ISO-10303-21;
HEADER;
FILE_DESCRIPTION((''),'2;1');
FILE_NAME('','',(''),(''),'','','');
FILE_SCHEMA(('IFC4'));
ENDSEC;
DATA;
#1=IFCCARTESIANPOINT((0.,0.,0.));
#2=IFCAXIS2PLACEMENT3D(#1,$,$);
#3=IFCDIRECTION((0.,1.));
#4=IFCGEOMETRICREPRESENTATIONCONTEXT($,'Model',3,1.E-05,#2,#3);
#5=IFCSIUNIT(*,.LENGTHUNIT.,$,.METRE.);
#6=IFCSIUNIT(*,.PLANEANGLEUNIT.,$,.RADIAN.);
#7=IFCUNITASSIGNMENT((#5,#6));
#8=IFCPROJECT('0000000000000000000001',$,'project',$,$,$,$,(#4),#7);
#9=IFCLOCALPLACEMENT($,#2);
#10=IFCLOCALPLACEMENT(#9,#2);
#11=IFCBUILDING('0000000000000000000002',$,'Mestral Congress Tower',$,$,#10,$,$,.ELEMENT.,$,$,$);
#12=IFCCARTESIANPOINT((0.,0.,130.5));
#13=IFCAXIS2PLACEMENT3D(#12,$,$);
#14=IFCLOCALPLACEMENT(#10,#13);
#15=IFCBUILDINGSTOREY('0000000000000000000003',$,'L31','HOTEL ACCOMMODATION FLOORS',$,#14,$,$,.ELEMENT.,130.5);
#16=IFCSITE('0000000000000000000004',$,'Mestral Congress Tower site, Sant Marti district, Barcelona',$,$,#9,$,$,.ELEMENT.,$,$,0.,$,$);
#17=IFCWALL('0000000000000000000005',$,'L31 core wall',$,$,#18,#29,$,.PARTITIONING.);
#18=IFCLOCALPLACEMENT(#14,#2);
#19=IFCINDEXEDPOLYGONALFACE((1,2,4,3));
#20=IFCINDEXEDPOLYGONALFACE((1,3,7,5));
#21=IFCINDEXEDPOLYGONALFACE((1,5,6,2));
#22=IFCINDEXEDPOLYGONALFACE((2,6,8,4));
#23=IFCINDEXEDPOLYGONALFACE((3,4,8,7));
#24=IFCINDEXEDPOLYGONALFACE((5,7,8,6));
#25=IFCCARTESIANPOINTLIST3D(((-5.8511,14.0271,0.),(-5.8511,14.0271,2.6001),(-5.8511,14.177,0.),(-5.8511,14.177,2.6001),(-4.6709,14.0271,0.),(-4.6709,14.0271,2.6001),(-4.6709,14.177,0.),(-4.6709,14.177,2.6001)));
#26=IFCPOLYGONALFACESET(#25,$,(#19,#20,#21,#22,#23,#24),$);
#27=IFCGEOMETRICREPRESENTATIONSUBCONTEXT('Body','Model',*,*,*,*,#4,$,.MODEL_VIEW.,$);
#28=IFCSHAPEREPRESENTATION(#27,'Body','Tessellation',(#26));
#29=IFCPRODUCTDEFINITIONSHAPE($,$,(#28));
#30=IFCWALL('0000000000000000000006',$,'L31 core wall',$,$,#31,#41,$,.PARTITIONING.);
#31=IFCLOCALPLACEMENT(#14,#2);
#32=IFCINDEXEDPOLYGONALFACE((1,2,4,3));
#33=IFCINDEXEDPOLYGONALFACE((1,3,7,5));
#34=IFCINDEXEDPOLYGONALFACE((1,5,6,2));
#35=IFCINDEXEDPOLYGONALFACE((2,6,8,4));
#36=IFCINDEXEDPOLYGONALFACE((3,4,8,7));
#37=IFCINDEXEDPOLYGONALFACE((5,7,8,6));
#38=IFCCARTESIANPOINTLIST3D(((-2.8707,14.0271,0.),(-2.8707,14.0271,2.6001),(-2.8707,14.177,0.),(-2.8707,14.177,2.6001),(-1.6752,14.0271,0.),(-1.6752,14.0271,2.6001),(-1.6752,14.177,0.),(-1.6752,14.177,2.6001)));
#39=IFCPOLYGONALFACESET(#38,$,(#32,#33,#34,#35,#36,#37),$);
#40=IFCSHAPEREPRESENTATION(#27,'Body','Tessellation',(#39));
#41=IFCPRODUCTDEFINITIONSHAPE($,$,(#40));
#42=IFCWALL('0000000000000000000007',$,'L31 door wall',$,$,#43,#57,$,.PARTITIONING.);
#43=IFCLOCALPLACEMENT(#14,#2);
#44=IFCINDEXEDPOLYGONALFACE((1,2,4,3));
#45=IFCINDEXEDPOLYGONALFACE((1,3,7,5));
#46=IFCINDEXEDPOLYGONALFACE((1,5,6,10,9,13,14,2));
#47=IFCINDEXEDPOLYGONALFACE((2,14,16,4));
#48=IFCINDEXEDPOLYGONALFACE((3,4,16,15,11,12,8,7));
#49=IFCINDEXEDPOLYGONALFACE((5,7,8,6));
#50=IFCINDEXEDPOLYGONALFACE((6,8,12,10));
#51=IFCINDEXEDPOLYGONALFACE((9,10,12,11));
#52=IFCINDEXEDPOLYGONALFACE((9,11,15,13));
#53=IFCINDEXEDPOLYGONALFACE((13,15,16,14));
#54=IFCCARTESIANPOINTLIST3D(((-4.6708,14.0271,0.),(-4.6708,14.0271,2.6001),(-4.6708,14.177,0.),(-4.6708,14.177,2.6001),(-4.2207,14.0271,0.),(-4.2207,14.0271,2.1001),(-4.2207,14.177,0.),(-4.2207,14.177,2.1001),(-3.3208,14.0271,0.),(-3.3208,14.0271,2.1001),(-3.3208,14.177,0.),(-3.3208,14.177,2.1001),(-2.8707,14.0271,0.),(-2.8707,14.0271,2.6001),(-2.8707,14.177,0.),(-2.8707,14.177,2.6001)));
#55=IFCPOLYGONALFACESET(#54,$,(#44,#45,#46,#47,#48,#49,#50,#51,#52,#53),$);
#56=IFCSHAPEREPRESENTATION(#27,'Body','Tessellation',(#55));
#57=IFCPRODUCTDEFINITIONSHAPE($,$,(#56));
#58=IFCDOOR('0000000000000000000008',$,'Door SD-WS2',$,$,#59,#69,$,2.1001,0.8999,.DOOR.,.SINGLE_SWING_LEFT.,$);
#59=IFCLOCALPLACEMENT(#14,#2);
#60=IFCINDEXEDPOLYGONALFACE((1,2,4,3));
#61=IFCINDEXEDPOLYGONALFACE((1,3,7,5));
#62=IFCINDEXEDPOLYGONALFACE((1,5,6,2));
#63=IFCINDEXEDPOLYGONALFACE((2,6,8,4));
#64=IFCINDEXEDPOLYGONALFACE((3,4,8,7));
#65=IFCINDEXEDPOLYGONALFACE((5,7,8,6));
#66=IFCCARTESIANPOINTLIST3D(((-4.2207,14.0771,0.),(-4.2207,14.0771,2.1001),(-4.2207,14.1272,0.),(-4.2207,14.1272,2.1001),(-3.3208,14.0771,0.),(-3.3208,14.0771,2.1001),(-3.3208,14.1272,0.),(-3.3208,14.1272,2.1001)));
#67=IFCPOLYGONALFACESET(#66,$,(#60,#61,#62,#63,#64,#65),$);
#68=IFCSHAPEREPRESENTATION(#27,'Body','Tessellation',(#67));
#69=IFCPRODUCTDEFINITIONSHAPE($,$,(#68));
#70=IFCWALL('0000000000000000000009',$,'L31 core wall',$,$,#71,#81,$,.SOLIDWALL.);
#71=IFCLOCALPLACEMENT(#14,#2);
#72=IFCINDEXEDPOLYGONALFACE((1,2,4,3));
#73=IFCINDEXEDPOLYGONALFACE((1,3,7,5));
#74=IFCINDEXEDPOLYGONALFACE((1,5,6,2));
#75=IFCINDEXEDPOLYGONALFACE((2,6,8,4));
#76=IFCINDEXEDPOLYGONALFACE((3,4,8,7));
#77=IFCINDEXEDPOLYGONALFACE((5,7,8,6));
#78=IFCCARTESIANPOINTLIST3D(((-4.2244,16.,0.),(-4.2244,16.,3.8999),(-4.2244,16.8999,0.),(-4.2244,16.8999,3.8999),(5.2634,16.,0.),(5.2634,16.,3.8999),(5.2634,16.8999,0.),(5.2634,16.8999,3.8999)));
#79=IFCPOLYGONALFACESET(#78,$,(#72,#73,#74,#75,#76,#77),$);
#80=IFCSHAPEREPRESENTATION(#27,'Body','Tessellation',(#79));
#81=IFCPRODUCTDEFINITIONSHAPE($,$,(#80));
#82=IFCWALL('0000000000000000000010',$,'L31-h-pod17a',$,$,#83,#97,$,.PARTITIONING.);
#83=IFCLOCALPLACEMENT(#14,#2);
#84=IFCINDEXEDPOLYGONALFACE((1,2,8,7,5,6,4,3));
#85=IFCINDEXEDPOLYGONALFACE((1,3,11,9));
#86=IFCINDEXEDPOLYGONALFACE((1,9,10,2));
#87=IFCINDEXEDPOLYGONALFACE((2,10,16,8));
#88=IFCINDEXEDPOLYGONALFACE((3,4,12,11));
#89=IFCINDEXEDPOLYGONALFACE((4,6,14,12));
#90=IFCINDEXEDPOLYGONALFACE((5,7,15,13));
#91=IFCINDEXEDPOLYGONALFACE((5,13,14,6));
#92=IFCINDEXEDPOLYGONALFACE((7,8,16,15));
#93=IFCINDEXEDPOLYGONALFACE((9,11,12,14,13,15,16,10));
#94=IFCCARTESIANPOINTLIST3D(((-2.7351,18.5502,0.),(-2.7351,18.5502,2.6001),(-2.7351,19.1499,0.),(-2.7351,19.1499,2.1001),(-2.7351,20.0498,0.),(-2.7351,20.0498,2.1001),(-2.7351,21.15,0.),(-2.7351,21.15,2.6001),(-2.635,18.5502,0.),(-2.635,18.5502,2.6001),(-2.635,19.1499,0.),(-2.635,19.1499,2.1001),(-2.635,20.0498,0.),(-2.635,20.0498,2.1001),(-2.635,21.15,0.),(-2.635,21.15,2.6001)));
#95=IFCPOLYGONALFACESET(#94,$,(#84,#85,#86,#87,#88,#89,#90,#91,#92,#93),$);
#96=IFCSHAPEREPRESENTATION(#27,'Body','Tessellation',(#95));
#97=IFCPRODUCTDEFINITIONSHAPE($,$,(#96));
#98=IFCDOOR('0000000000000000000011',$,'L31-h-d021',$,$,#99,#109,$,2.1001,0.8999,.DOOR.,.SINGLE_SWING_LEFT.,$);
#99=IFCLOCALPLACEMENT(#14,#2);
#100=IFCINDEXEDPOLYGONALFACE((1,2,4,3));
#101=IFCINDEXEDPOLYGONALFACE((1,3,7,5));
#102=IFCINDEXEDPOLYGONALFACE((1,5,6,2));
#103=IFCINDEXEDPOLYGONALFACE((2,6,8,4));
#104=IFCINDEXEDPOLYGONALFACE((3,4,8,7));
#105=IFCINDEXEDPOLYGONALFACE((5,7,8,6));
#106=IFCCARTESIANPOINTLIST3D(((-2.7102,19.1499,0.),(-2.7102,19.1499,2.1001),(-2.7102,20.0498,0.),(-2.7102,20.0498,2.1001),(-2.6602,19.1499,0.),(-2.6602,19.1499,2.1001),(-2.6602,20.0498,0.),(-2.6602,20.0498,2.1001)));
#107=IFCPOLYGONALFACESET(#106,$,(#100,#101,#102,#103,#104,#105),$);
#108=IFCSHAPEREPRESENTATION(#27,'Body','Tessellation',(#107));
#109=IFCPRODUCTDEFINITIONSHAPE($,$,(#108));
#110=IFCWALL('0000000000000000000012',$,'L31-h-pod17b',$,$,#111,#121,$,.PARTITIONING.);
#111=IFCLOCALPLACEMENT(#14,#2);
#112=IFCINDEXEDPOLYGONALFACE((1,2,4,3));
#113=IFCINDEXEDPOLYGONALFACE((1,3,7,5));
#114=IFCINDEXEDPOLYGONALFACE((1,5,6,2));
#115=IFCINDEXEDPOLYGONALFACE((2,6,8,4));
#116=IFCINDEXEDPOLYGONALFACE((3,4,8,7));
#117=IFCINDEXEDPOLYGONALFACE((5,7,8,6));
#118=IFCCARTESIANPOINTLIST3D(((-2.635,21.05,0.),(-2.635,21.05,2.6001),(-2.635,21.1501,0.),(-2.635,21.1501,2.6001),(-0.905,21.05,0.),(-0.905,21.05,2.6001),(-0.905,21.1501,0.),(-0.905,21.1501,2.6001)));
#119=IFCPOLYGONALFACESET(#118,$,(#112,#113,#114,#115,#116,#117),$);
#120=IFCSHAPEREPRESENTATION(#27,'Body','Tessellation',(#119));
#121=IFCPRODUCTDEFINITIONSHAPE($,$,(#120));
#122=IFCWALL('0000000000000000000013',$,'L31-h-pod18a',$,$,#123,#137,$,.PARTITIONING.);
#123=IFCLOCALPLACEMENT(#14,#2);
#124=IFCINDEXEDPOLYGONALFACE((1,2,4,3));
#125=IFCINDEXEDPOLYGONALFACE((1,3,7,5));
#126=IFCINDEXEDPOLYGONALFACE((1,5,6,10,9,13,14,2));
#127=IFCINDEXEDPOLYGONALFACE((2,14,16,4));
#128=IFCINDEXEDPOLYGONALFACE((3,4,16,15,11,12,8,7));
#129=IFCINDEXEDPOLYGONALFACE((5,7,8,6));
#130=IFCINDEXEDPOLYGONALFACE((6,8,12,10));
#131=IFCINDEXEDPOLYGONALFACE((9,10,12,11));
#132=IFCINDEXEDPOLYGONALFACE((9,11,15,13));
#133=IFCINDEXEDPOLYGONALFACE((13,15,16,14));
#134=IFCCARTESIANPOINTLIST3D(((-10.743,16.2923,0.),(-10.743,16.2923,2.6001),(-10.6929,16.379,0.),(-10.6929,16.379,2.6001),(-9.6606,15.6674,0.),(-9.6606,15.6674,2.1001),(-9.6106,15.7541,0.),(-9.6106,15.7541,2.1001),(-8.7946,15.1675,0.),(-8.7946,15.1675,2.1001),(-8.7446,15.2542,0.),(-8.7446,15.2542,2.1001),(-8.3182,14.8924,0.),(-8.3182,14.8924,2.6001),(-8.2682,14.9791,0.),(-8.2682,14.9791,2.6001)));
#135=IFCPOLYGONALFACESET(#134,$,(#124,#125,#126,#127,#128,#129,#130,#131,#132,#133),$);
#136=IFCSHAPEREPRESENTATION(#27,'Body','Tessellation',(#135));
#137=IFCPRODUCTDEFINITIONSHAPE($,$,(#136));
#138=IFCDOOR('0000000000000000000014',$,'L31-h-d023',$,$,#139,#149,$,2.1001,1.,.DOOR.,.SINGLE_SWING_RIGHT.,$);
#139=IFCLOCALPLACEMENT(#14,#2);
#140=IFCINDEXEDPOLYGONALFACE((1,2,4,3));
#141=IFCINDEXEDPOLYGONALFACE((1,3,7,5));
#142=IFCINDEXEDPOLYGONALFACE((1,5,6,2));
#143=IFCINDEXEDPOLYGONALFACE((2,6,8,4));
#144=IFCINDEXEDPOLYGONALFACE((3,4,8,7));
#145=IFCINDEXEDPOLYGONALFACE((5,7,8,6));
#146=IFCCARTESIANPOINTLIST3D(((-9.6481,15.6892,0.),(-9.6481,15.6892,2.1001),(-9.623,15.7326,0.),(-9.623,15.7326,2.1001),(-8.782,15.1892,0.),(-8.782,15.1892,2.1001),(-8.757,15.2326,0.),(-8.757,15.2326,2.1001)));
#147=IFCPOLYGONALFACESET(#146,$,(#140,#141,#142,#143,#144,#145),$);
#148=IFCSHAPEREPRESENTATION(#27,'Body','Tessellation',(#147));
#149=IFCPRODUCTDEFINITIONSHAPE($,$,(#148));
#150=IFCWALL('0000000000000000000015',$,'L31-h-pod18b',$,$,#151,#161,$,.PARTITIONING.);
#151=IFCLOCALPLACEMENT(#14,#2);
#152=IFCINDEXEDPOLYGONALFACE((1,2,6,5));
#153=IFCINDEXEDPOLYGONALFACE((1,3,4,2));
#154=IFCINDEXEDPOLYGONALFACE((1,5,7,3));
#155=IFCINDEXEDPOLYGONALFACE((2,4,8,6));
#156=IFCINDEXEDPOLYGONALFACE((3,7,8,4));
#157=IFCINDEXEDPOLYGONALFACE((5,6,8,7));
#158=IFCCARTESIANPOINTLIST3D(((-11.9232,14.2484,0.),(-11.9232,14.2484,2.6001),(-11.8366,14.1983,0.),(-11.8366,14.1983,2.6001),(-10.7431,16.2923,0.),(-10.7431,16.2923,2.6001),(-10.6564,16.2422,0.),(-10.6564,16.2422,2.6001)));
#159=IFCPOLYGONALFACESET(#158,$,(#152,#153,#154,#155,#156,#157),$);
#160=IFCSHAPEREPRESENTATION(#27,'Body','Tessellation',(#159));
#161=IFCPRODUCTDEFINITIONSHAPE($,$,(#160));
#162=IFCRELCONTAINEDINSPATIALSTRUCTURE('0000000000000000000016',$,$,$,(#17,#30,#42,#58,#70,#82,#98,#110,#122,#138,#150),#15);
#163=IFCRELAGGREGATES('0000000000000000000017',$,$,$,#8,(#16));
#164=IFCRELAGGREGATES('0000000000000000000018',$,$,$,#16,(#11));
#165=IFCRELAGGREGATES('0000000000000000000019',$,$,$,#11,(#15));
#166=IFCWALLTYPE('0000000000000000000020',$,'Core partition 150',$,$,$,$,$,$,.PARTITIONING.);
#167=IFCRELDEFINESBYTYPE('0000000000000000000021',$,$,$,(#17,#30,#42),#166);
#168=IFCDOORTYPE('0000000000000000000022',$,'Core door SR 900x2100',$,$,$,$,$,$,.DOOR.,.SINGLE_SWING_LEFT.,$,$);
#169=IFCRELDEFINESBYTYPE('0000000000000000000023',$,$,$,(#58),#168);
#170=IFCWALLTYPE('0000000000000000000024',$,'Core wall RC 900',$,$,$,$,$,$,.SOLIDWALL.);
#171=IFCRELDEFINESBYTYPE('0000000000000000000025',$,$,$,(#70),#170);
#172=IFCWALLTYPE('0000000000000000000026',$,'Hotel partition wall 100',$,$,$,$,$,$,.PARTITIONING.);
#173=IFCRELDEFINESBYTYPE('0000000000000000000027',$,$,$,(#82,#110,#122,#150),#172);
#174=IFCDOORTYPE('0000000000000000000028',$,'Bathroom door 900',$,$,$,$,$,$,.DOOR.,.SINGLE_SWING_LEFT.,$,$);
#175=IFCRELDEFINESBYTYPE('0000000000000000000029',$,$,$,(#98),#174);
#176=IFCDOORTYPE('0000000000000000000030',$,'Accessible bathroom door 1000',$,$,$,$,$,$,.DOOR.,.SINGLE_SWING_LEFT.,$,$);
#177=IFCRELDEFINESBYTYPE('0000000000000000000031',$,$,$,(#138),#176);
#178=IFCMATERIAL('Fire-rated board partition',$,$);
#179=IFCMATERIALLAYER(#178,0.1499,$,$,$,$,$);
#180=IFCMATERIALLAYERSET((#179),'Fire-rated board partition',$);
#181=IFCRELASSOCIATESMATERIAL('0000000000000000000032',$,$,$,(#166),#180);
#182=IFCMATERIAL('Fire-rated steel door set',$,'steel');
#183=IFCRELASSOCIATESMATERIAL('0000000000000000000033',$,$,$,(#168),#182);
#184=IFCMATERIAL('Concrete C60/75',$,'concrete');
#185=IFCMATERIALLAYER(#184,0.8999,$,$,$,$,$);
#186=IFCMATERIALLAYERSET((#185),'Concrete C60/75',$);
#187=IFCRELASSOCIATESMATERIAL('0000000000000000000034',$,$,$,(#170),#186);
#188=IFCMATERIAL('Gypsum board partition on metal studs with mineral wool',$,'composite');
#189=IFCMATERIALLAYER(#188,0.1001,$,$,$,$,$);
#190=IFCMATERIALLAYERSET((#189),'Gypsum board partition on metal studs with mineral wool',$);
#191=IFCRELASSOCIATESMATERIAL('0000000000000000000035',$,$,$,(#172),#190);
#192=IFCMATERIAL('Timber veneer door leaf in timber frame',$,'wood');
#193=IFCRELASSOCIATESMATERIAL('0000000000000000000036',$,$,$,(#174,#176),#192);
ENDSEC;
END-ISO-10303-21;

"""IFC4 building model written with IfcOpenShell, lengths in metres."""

from ifc_helpers import new_model, si_unit, direction, frame, frame_2d, origin, place, context, subcontext, project, spatial, rectangle, extrude, material, layer, layer_set, type_object, element, fill, save


model = new_model("IFC4")

# Units and contexts
model_context = context("Model", 3, precision=1e-05, world=origin(), true_north=direction((0.0, 1.0)))
body_context = subcontext(model_context, "Body", "Model", "MODEL_VIEW")
ifc_project = project(units=[si_unit("LENGTHUNIT", "METRE"), si_unit("PLANEANGLEUNIT", "RADIAN")], contexts=[model_context])

# Site, building, storey
site_placement = place(None, origin())
site = spatial("IfcSite", under=ifc_project, at=site_placement, Name="Mestral Congress Tower site, Sant Marti district, Barcelona", CompositionType="ELEMENT", RefElevation=0.0)
building_placement = place(site_placement, origin())
building = spatial("IfcBuilding", under=site, at=building_placement, Name="Mestral Congress Tower", CompositionType="ELEMENT")
storey_placement = place(building_placement, frame((0.0, 0.0, 130.5)))
storey = spatial("IfcBuildingStorey", under=building, at=storey_placement, Name="L31", Description="HOTEL ACCOMMODATION FLOORS", CompositionType="ELEMENT", Elevation=130.5)

# Walls
ifc_material_1 = material(Name="Fire-rated board partition")
ifc_layer_1 = layer(ifc_material_1, 0.1499)
ifc_layer_set_1 = layer_set([ifc_layer_1], Name="Fire-rated board partition")
wall_type_1 = type_object("IfcWallType", Name="Core partition 150", PredefinedType="PARTITIONING", material=ifc_layer_set_1)
wall_1_placement = place(storey_placement, frame((-5.8511, 14.1021, 0.0), z_axis=(0.0, 0.0, 1.0), x_axis=(1.0, 0.0, 0.0)))
element("IfcWall", 1, at=wall_1_placement, inside=storey, type_object=wall_type_1, Name="L31 core wall", PredefinedType="PARTITIONING", context=body_context, shape_type="SweptSolid", body=[
    extrude(rectangle(XDim=1.1802, YDim=0.1499, at=frame_2d((0.5901, 0.0))), origin(), (0.0, 0.0, 1.0), 2.6001),
])
wall_2_placement = place(storey_placement, frame((-2.8706, 14.1021, 0.0), z_axis=(0.0, 0.0, 1.0), x_axis=(1.0, 0.0, 0.0)))
element("IfcWall", 2, at=wall_2_placement, inside=storey, type_object=wall_type_1, Name="L31 core wall", PredefinedType="PARTITIONING", context=body_context, shape_type="SweptSolid", body=[
    extrude(rectangle(XDim=1.1956, YDim=0.1499, at=frame_2d((0.5977, 0.0))), origin(), (0.0, 0.0, 1.0), 2.6001),
])

# Wall, opening, door
wall_3_placement = place(storey_placement, frame((-2.8708, 14.1021, 0.0), z_axis=(0.0, 0.0, 1.0), x_axis=(-1.0, 0.0, 0.0)))
wall_3 = element("IfcWall", 3, at=wall_3_placement, inside=storey, type_object=wall_type_1, Name="L31 door wall", PredefinedType="PARTITIONING", context=body_context, shape_type="SweptSolid", body=[
    extrude(rectangle(XDim=1.8, YDim=0.1499, at=frame_2d((0.8999, 0.0))), origin(), (0.0, 0.0, 1.0), 2.6001),
])
opening_1_placement = place(wall_3_placement, frame((0.45, 0.0, 0.0)))
opening_1 = element("IfcOpeningElement", 4, at=opening_1_placement, cuts=wall_3, PredefinedType="OPENING", context=body_context, shape_type="SweptSolid", body=[
    extrude(rectangle(XDim=0.8999, YDim=2.1001, at=frame_2d((0.45, 1.05))), frame((0.0, 0.085, 0.0), z_axis=(0.0, -1.0, 0.0), x_axis=(1.0, 0.0, 0.0)), (0.0, 0.0, 1.0), 0.1699),
])
ifc_material_2 = material(Name="Fire-rated steel door set", Category="steel")
door_type_1 = type_object("IfcDoorType", Name="Core door SR 900x2100", OperationType="SINGLE_SWING_LEFT", PredefinedType="DOOR", material=ifc_material_2)
door_1_placement = place(opening_1_placement, origin())
door_1 = element("IfcDoor", 5, at=door_1_placement, inside=storey, type_object=door_type_1, Name="Door SD-WS2", OperationType="SINGLE_SWING_LEFT", OverallHeight=2.1001, OverallWidth=0.8999, PredefinedType="DOOR", context=body_context, shape_type="SweptSolid", body=[
    extrude(rectangle(XDim=0.8999, YDim=2.1001, at=frame_2d((0.45, 1.05))), frame((0.0, 0.0249, 0.0), z_axis=(0.0, -1.0, 0.0), x_axis=(1.0, 0.0, 0.0)), (0.0, 0.0, 1.0), 0.05),
])
fill(opening_1, door_1)

# Wall
ifc_material_3 = material(Name="Concrete C60/75", Category="concrete")
ifc_layer_2 = layer(ifc_material_3, 0.8999)
ifc_layer_set_2 = layer_set([ifc_layer_2], Name="Concrete C60/75")
wall_type_2 = type_object("IfcWallType", Name="Core wall RC 900", PredefinedType="SOLIDWALL", material=ifc_layer_set_2)
wall_4_placement = place(storey_placement, frame((-4.2244, 16.45, 0.0), z_axis=(0.0, 0.0, 1.0), x_axis=(1.0, 0.0, 0.0)))
element("IfcWall", 6, at=wall_4_placement, inside=storey, type_object=wall_type_2, Name="L31 core wall", PredefinedType="SOLIDWALL", context=body_context, shape_type="SweptSolid", body=[
    extrude(rectangle(XDim=9.4878, YDim=0.8999, at=frame_2d((4.7439, 0.0))), origin(), (0.0, 0.0, 1.0), 3.8999),
])

# Wall, opening, door
ifc_material_4 = material(Name="Gypsum board partition on metal studs with mineral wool", Category="composite")
ifc_layer_3 = layer(ifc_material_4, 0.1001)
ifc_layer_set_3 = layer_set([ifc_layer_3], Name="Gypsum board partition on metal studs with mineral wool")
wall_type_3 = type_object("IfcWallType", Name="Hotel partition wall 100", PredefinedType="PARTITIONING", material=ifc_layer_set_3)
wall_5_placement = place(storey_placement, frame((-2.6851, 21.1499, 0.0), z_axis=(0.0, 0.0, 1.0), x_axis=(0.0, -1.0, 0.0)))
wall_5 = element("IfcWall", 7, at=wall_5_placement, inside=storey, type_object=wall_type_3, Name="L31-h-pod17a", PredefinedType="PARTITIONING", context=body_context, shape_type="SweptSolid", body=[
    extrude(rectangle(XDim=2.5999, YDim=0.1001, at=frame_2d((1.2998, 0.0))), origin(), (0.0, 0.0, 1.0), 2.6001),
])
opening_2_placement = place(wall_5_placement, frame((1.1001, 0.0, 0.0)))
opening_2 = element("IfcOpeningElement", 8, at=opening_2_placement, cuts=wall_5, PredefinedType="OPENING", context=body_context, shape_type="SweptSolid", body=[
    extrude(rectangle(XDim=0.8999, YDim=2.1001, at=frame_2d((0.45, 1.05))), frame((0.0, 0.0601, 0.0), z_axis=(0.0, -1.0, 0.0), x_axis=(1.0, 0.0, 0.0)), (0.0, 0.0, 1.0), 0.1201),
])
ifc_material_5 = material(Name="Timber veneer door leaf in timber frame", Category="wood")
door_type_2 = type_object("IfcDoorType", Name="Bathroom door 900", OperationType="SINGLE_SWING_LEFT", PredefinedType="DOOR", material=ifc_material_5)
door_2_placement = place(opening_2_placement, origin())
door_2 = element("IfcDoor", 9, at=door_2_placement, inside=storey, type_object=door_type_2, Name="L31-h-d021", OperationType="SINGLE_SWING_LEFT", OverallHeight=2.1001, OverallWidth=0.8999, PredefinedType="DOOR", context=body_context, shape_type="SweptSolid", body=[
    extrude(rectangle(XDim=0.8999, YDim=2.1001, at=frame_2d((0.45, 1.05))), frame((0.0, 0.0249, 0.0), z_axis=(0.0, -1.0, 0.0), x_axis=(1.0, 0.0, 0.0)), (0.0, 0.0, 1.0), 0.05),
])
fill(opening_2, door_2)

# Wall
wall_6_placement = place(storey_placement, frame((-2.635, 21.1001, 0.0), z_axis=(0.0, 0.0, 1.0), x_axis=(1.0, 0.0, 0.0)))
element("IfcWall", 10, at=wall_6_placement, inside=storey, type_object=wall_type_3, Name="L31-h-pod17b", PredefinedType="PARTITIONING", context=body_context, shape_type="SweptSolid", body=[
    extrude(rectangle(XDim=1.73, YDim=0.1001, at=frame_2d((0.865, 0.0))), origin(), (0.0, 0.0, 1.0), 2.6001),
])

# Wall, opening, door
wall_7_placement = place(storey_placement, frame((-8.2932, 14.9358, 0.0), z_axis=(0.0, 0.0, 1.0), x_axis=(-0.866035, 0.499984, 0.0)))
wall_7 = element("IfcWall", 11, at=wall_7_placement, inside=storey, type_object=wall_type_3, Name="L31-h-pod18a", PredefinedType="PARTITIONING", context=body_context, shape_type="SweptSolid", body=[
    extrude(rectangle(XDim=2.7998, YDim=0.1001, at=frame_2d((1.3999, 0.0))), origin(), (0.0, 0.0, 1.0), 2.6001),
])
opening_3_placement = place(wall_7_placement, frame((0.55, 0.0, 0.0)))
opening_3 = element("IfcOpeningElement", 12, at=opening_3_placement, cuts=wall_7, PredefinedType="OPENING", context=body_context, shape_type="SweptSolid", body=[
    extrude(rectangle(XDim=1.0, YDim=2.1001, at=frame_2d((0.5, 1.05))), frame((0.0, 0.0601, 0.0), z_axis=(0.0, -1.0, 0.0), x_axis=(1.0, 0.0, 0.0)), (0.0, 0.0, 1.0), 0.1201),
])
door_type_3 = type_object("IfcDoorType", Name="Accessible bathroom door 1000", OperationType="SINGLE_SWING_LEFT", PredefinedType="DOOR", material=ifc_material_5)
door_3_placement = place(opening_3_placement, origin())
door_3 = element("IfcDoor", 13, at=door_3_placement, inside=storey, type_object=door_type_3, Name="L31-h-d023", OperationType="SINGLE_SWING_RIGHT", OverallHeight=2.1001, OverallWidth=1.0, PredefinedType="DOOR", context=body_context, shape_type="SweptSolid", body=[
    extrude(rectangle(XDim=1.0, YDim=2.1001, at=frame_2d((0.5, 1.05))), frame((0.0, 0.0249, 0.0), z_axis=(0.0, -1.0, 0.0), x_axis=(1.0, 0.0, 0.0)), (0.0, 0.0, 1.0), 0.05),
])
fill(opening_3, door_3)

# Wall
wall_8_placement = place(storey_placement, frame((-10.6997, 16.2673, 0.0), z_axis=(0.0, 0.0, 1.0), x_axis=(-0.500033, -0.866006, 0.0)))
element("IfcWall", 14, at=wall_8_placement, inside=storey, type_object=wall_type_3, Name="L31-h-pod18b", PredefinedType="PARTITIONING", context=body_context, shape_type="SweptSolid", body=[
    extrude(rectangle(XDim=2.3601, YDim=0.1001, at=frame_2d((1.1802, 0.0))), origin(), (0.0, 0.0, 1.0), 2.6001),
])

save(model, "model.ifc")
